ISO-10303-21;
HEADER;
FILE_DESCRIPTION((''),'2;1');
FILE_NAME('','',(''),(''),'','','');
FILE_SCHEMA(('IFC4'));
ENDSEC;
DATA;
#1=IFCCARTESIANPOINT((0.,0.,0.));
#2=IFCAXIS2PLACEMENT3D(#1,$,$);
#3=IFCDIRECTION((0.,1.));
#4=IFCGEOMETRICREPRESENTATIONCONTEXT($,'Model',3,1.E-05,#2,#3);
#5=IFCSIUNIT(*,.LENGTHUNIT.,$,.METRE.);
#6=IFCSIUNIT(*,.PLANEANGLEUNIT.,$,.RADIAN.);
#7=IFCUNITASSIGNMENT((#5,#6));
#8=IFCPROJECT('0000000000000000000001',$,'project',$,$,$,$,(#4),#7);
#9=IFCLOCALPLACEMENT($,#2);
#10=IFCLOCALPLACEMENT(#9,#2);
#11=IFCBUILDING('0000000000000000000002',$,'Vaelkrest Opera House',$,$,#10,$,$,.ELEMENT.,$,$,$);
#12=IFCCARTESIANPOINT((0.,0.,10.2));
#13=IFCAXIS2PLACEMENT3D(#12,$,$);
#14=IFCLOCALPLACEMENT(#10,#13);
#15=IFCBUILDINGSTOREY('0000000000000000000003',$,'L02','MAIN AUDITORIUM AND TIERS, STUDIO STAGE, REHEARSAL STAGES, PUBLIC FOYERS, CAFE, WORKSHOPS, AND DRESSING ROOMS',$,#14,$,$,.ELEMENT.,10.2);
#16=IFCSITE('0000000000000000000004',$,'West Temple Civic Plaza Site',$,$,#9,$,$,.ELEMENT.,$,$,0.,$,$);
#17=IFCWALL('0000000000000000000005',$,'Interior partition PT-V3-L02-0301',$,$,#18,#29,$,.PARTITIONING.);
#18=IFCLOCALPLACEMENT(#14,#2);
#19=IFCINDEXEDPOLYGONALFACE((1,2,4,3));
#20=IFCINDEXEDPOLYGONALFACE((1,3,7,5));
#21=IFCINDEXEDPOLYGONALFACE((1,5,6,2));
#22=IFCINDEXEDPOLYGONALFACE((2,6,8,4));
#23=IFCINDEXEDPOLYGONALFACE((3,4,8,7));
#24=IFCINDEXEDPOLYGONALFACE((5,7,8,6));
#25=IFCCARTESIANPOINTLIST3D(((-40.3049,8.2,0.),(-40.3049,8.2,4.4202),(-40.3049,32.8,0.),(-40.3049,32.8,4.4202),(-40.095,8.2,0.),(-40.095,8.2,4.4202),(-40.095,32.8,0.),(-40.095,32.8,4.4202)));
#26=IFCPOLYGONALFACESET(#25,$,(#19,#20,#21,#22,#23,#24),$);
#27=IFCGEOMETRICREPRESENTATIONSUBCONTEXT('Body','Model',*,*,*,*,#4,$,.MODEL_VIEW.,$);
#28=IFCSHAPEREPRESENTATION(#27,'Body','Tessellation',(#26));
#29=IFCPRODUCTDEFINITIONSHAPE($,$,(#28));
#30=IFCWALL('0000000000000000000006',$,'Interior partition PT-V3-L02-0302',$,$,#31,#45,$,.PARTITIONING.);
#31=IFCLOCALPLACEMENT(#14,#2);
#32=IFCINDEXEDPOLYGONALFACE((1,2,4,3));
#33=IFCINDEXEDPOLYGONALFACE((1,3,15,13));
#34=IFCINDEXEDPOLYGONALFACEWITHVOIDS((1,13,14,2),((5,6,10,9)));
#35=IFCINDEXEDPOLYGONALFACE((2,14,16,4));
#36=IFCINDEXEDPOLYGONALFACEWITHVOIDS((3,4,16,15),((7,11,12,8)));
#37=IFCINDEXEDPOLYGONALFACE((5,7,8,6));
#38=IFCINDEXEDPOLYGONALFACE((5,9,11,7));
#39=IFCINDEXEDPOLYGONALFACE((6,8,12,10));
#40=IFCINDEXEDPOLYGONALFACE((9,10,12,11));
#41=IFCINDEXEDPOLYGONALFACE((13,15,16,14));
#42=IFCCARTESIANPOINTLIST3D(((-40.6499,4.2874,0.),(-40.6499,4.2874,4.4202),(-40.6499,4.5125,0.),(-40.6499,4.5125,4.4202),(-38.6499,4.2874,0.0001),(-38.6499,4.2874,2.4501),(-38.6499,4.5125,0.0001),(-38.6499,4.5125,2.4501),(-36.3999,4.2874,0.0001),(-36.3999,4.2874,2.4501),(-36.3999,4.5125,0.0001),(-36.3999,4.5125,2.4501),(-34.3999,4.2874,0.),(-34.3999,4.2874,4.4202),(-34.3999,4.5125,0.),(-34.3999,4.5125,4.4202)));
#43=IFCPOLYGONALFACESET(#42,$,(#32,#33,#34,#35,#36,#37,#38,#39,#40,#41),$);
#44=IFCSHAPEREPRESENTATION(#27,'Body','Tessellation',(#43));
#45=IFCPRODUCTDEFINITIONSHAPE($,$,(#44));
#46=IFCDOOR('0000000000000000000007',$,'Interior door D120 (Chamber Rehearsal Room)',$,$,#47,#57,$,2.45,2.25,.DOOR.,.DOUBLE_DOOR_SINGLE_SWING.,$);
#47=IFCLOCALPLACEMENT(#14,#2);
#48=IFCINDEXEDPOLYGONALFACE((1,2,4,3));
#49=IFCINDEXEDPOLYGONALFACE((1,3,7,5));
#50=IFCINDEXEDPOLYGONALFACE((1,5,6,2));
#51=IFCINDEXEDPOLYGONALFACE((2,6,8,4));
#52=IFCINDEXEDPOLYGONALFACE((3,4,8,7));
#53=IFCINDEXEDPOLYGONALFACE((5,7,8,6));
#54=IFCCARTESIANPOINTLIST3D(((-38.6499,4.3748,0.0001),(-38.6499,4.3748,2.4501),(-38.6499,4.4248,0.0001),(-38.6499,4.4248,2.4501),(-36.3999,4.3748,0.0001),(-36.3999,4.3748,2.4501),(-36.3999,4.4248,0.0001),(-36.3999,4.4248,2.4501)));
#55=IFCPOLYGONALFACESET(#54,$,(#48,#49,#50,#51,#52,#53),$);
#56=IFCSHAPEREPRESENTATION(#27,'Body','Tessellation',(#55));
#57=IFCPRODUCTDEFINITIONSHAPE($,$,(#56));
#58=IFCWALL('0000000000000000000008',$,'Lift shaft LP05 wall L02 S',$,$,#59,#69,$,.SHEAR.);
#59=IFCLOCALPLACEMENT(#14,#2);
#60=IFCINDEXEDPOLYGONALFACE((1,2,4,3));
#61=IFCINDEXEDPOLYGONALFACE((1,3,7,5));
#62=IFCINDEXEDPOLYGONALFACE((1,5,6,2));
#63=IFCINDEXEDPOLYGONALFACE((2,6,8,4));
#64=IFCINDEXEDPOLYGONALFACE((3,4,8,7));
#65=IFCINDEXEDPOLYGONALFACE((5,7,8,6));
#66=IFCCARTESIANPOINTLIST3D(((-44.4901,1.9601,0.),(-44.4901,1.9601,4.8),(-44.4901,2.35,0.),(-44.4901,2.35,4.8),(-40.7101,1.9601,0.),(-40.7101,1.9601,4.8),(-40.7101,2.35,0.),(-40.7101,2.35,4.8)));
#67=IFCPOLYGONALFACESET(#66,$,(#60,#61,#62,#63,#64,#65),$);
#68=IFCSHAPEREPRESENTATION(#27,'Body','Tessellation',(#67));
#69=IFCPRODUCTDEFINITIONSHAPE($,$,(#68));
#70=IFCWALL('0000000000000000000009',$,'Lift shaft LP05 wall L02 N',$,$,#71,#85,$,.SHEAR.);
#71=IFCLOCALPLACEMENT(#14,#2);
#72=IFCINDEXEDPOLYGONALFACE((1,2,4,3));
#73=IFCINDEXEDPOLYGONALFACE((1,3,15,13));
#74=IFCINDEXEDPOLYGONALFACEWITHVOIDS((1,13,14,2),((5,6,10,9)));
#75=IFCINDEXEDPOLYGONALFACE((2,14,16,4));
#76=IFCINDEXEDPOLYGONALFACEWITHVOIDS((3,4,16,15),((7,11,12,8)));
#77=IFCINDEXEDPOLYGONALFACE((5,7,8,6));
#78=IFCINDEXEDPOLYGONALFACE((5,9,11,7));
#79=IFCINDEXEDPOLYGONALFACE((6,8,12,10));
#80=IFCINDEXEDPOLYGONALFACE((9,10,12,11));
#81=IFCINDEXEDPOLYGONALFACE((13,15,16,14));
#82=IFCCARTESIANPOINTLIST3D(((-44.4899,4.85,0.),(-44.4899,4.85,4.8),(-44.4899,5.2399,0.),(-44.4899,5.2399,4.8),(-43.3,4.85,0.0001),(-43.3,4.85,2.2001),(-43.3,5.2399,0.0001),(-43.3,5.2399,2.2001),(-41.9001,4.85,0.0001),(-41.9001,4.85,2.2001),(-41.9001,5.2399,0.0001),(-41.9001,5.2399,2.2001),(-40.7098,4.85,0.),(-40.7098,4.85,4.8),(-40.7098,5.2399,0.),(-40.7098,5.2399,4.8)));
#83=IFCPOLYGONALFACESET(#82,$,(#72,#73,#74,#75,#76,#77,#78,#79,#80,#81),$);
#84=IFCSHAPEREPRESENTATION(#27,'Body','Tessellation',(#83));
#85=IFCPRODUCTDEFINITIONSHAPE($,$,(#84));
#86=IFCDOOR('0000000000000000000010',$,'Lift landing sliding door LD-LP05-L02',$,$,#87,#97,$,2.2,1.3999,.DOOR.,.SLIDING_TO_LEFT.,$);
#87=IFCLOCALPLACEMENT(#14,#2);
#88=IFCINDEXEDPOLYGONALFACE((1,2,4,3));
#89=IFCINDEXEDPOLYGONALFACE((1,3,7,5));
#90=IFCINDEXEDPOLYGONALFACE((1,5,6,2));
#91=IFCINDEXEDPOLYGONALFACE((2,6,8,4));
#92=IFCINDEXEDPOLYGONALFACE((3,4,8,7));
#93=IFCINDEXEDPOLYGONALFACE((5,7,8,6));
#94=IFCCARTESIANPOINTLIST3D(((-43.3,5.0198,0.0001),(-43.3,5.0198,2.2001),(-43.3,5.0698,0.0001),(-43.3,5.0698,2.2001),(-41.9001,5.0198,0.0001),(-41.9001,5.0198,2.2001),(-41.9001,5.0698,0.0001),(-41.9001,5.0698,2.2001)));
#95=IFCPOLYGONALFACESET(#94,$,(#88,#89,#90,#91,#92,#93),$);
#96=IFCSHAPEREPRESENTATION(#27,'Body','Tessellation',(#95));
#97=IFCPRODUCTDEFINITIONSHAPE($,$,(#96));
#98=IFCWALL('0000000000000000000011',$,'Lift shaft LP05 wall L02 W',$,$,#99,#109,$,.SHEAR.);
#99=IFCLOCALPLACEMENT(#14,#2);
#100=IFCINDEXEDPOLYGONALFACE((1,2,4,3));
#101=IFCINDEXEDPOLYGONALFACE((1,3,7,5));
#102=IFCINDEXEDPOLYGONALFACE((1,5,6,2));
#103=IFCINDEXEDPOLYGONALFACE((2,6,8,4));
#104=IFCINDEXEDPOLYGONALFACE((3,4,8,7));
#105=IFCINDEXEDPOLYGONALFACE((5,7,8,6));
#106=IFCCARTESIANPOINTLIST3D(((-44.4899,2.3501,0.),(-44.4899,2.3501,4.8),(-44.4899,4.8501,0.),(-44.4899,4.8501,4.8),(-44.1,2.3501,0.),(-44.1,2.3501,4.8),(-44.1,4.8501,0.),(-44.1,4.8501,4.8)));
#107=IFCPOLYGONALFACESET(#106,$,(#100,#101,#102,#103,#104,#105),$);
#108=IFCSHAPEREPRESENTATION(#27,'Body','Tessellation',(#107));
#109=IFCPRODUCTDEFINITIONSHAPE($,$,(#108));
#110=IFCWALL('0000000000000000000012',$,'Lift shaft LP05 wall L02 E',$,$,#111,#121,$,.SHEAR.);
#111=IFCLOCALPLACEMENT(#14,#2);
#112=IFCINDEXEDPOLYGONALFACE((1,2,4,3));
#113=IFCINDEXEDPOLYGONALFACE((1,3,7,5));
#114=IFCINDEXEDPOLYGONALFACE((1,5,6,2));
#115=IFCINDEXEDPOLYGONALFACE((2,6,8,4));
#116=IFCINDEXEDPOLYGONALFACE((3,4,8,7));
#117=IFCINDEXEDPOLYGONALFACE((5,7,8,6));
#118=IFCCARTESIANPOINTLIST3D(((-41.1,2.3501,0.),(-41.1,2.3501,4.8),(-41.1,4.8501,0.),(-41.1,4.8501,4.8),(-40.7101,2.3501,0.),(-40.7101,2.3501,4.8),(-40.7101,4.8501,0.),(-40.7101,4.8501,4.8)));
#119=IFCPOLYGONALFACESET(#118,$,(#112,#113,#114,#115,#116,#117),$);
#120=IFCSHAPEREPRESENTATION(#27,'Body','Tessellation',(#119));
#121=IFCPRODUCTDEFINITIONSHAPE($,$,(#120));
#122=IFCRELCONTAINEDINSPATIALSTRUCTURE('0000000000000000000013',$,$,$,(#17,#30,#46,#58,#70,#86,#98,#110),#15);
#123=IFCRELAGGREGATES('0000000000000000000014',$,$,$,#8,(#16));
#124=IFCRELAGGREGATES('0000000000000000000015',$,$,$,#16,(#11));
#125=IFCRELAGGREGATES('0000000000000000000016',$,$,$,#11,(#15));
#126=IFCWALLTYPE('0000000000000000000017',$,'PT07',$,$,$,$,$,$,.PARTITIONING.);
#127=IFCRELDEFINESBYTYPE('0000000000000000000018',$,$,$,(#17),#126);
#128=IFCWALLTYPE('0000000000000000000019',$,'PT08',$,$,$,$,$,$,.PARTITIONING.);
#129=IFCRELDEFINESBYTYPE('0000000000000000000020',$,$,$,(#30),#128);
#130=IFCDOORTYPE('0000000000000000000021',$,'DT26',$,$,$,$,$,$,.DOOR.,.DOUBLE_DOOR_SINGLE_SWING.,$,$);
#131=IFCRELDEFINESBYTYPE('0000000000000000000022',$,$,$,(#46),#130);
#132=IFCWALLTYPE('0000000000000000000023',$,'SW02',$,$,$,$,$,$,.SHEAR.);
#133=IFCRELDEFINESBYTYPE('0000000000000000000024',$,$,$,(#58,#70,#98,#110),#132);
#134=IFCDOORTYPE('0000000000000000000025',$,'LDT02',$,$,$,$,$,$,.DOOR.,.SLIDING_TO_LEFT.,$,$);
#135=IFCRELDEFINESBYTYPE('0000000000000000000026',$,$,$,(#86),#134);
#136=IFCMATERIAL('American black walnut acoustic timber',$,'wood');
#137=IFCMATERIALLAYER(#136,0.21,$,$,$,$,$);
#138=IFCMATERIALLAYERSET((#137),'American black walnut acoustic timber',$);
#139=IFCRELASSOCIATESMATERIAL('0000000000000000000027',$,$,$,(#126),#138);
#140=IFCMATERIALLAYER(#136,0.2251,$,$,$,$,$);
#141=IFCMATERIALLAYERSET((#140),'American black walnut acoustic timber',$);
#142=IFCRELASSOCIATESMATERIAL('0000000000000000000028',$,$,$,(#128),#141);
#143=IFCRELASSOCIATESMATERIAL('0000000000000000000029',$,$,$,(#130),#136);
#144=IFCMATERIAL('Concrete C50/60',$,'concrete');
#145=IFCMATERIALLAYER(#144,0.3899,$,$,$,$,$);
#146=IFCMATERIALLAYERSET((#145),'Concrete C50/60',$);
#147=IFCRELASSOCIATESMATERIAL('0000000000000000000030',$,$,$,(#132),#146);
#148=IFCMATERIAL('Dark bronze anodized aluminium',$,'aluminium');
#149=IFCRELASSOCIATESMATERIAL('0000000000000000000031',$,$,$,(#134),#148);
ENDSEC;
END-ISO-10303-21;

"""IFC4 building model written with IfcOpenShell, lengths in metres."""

from ifc_helpers import new_model, si_unit, direction, frame, frame_2d, origin, place, context, subcontext, project, spatial, rectangle, extrude, material, layer, layer_set, type_object, element, fill, save


model = new_model("IFC4")

# Units and contexts
model_context = context("Model", 3, precision=1e-05, world=origin(), true_north=direction((0.0, 1.0)))
body_context = subcontext(model_context, "Body", "Model", "MODEL_VIEW")
ifc_project = project(units=[si_unit("LENGTHUNIT", "METRE"), si_unit("PLANEANGLEUNIT", "RADIAN")], contexts=[model_context])

# Site, building, storey
site_placement = place(None, origin())
site = spatial("IfcSite", under=ifc_project, at=site_placement, Name="West Temple Civic Plaza Site", CompositionType="ELEMENT", RefElevation=0.0)
building_placement = place(site_placement, origin())
building = spatial("IfcBuilding", under=site, at=building_placement, Name="Vaelkrest Opera House", CompositionType="ELEMENT")
storey_placement = place(building_placement, frame((0.0, 0.0, 10.2)))
storey = spatial("IfcBuildingStorey", under=building, at=storey_placement, Name="L02", Description="MAIN AUDITORIUM AND TIERS, STUDIO STAGE, REHEARSAL STAGES, PUBLIC FOYERS, CAFE, WORKSHOPS, AND DRESSING ROOMS", CompositionType="ELEMENT", Elevation=10.2)

# Shared definitions
ifc_material_1 = material(Name="Concrete C50/60", Category="concrete")

# Shared definitions
ifc_material_2 = material(Name="American black walnut acoustic timber", Category="wood")

# Wall
ifc_layer_1 = layer(ifc_material_2, 0.21)
ifc_layer_set_1 = layer_set([ifc_layer_1], Name="American black walnut acoustic timber")
wall_type_1 = type_object("IfcWallType", Name="PT07", PredefinedType="PARTITIONING", material=ifc_layer_set_1)
wall_1_placement = place(storey_placement, frame((-40.2, 8.2, 0.0), z_axis=(0.0, 0.0, 1.0), x_axis=(0.0, 1.0, 0.0)))
element("IfcWall", 1, at=wall_1_placement, inside=storey, type_object=wall_type_1, Name="Interior partition PT-V3-L02-0301", PredefinedType="PARTITIONING", context=body_context, shape_type="SweptSolid", body=[
    extrude(rectangle(XDim=24.6001, YDim=0.21, at=frame_2d((12.3, 0.0))), origin(), (0.0, 0.0, 1.0), 4.4202),
])

# Wall, opening, door
ifc_layer_2 = layer(ifc_material_2, 0.2251)
ifc_layer_set_2 = layer_set([ifc_layer_2], Name="American black walnut acoustic timber")
wall_type_2 = type_object("IfcWallType", Name="PT08", PredefinedType="PARTITIONING", material=ifc_layer_set_2)
wall_2_placement = place(storey_placement, frame((-40.6499, 4.3999, 0.0), z_axis=(0.0, 0.0, 1.0), x_axis=(1.0, 0.0, 0.0)))
wall_2 = element("IfcWall", 2, at=wall_2_placement, inside=storey, type_object=wall_type_2, Name="Interior partition PT-V3-L02-0302", PredefinedType="PARTITIONING", context=body_context, shape_type="SweptSolid", body=[
    extrude(rectangle(XDim=6.25, YDim=0.2251, at=frame_2d((3.125, 0.0))), origin(), (0.0, 0.0, 1.0), 4.4202),
])
opening_1_placement = place(wall_2_placement, frame((2.0, 0.0, 0.0)))
opening_1 = element("IfcOpeningElement", 3, at=opening_1_placement, cuts=wall_2, PredefinedType="OPENING", context=body_context, shape_type="SweptSolid", body=[
    extrude(rectangle(XDim=2.25, YDim=2.45, at=frame_2d((1.125, 1.2251))), frame((0.0, 0.1226, 0.0), z_axis=(0.0, -1.0, 0.0), x_axis=(1.0, 0.0, 0.0)), (0.0, 0.0, 1.0), 0.2451),
])
door_type_1 = type_object("IfcDoorType", Name="DT26", OperationType="DOUBLE_DOOR_SINGLE_SWING", PredefinedType="DOOR", material=ifc_material_2)
door_1_placement = place(opening_1_placement, origin())
door_1 = element("IfcDoor", 4, at=door_1_placement, inside=storey, type_object=door_type_1, Name="Interior door D120 (Chamber Rehearsal Room)", OperationType="DOUBLE_DOOR_SINGLE_SWING", OverallHeight=2.45, OverallWidth=2.25, PredefinedType="DOOR", context=body_context, shape_type="SweptSolid", body=[
    extrude(rectangle(XDim=2.25, YDim=2.45, at=frame_2d((1.125, 1.2251))), frame((0.0, 0.0249, 0.0), z_axis=(0.0, -1.0, 0.0), x_axis=(1.0, 0.0, 0.0)), (0.0, 0.0, 1.0), 0.05),
])
fill(opening_1, door_1)

# Wall
ifc_layer_3 = layer(ifc_material_1, 0.3899)
ifc_layer_set_3 = layer_set([ifc_layer_3], Name="Concrete C50/60")
wall_type_3 = type_object("IfcWallType", Name="SW02", PredefinedType="SHEAR", material=ifc_layer_set_3)
wall_3_placement = place(storey_placement, frame((-40.71, 2.155, 0.0), z_axis=(0.0, 0.0, 1.0), x_axis=(-1.0, 0.0, 0.0)))
element("IfcWall", 5, at=wall_3_placement, inside=storey, type_object=wall_type_3, Name="Lift shaft LP05 wall L02 S", PredefinedType="SHEAR", context=body_context, shape_type="SweptSolid", body=[
    extrude(rectangle(XDim=3.78, YDim=0.3899, at=frame_2d((1.8901, 0.0))), origin(), (0.0, 0.0, 1.0), 4.8),
])

# Wall, opening, door
wall_4_placement = place(storey_placement, frame((-44.49, 5.0449, 0.0), z_axis=(0.0, 0.0, 1.0), x_axis=(1.0, 0.0, 0.0)))
wall_4 = element("IfcWall", 6, at=wall_4_placement, inside=storey, type_object=wall_type_3, Name="Lift shaft LP05 wall L02 N", PredefinedType="SHEAR", context=body_context, shape_type="SweptSolid", body=[
    extrude(rectangle(XDim=3.78, YDim=0.3899, at=frame_2d((1.8901, 0.0))), origin(), (0.0, 0.0, 1.0), 4.8),
])
opening_2_placement = place(wall_4_placement, frame((1.1899, 0.0, 0.0)))
opening_2 = element("IfcOpeningElement", 7, at=opening_2_placement, cuts=wall_4, PredefinedType="OPENING", context=body_context, shape_type="SweptSolid", body=[
    extrude(rectangle(XDim=1.3999, YDim=2.2, at=frame_2d((0.7, 1.1001))), frame((0.0, 0.2048, 0.0), z_axis=(0.0, -1.0, 0.0), x_axis=(1.0, 0.0, 0.0)), (0.0, 0.0, 1.0), 0.4099),
])
ifc_material_3 = material(Name="Dark bronze anodized aluminium", Category="aluminium")
door_type_2 = type_object("IfcDoorType", Name="LDT02", OperationType="SLIDING_TO_LEFT", PredefinedType="DOOR", material=ifc_material_3)
door_2_placement = place(opening_2_placement, origin())
door_2 = element("IfcDoor", 8, at=door_2_placement, inside=storey, type_object=door_type_2, Name="Lift landing sliding door LD-LP05-L02", OperationType="SLIDING_TO_LEFT", OverallHeight=2.2, OverallWidth=1.3999, PredefinedType="DOOR", context=body_context, shape_type="SweptSolid", body=[
    extrude(rectangle(XDim=1.3999, YDim=2.2, at=frame_2d((0.7, 1.1001))), frame((0.0, 0.0249, 0.0), z_axis=(0.0, -1.0, 0.0), x_axis=(1.0, 0.0, 0.0)), (0.0, 0.0, 1.0), 0.05),
])
fill(opening_2, door_2)

# Walls
for number, where, z_axis, x_axis, name in (
    (9, (-44.2949, 2.3501, 0.0), (0.0, 0.0, 1.0), (0.0, 1.0, 0.0), "Lift shaft LP05 wall L02 W"),
    (10, (-40.905, 4.8501, 0.0), (0.0, 0.0, 1.0), (0.0, -1.0, 0.0), "Lift shaft LP05 wall L02 E"),
):
    element("IfcWall", number, at=place(storey_placement, frame(where, z_axis=z_axis, x_axis=x_axis)), inside=storey, type_object=wall_type_3, Name=name, PredefinedType="SHEAR", context=body_context, shape_type="SweptSolid", body=[
        extrude(rectangle(XDim=2.5, YDim=0.3899, at=frame_2d((1.25, 0.0))), origin(), (0.0, 0.0, 1.0), 4.8),
    ])

save(model, "model.ifc")
